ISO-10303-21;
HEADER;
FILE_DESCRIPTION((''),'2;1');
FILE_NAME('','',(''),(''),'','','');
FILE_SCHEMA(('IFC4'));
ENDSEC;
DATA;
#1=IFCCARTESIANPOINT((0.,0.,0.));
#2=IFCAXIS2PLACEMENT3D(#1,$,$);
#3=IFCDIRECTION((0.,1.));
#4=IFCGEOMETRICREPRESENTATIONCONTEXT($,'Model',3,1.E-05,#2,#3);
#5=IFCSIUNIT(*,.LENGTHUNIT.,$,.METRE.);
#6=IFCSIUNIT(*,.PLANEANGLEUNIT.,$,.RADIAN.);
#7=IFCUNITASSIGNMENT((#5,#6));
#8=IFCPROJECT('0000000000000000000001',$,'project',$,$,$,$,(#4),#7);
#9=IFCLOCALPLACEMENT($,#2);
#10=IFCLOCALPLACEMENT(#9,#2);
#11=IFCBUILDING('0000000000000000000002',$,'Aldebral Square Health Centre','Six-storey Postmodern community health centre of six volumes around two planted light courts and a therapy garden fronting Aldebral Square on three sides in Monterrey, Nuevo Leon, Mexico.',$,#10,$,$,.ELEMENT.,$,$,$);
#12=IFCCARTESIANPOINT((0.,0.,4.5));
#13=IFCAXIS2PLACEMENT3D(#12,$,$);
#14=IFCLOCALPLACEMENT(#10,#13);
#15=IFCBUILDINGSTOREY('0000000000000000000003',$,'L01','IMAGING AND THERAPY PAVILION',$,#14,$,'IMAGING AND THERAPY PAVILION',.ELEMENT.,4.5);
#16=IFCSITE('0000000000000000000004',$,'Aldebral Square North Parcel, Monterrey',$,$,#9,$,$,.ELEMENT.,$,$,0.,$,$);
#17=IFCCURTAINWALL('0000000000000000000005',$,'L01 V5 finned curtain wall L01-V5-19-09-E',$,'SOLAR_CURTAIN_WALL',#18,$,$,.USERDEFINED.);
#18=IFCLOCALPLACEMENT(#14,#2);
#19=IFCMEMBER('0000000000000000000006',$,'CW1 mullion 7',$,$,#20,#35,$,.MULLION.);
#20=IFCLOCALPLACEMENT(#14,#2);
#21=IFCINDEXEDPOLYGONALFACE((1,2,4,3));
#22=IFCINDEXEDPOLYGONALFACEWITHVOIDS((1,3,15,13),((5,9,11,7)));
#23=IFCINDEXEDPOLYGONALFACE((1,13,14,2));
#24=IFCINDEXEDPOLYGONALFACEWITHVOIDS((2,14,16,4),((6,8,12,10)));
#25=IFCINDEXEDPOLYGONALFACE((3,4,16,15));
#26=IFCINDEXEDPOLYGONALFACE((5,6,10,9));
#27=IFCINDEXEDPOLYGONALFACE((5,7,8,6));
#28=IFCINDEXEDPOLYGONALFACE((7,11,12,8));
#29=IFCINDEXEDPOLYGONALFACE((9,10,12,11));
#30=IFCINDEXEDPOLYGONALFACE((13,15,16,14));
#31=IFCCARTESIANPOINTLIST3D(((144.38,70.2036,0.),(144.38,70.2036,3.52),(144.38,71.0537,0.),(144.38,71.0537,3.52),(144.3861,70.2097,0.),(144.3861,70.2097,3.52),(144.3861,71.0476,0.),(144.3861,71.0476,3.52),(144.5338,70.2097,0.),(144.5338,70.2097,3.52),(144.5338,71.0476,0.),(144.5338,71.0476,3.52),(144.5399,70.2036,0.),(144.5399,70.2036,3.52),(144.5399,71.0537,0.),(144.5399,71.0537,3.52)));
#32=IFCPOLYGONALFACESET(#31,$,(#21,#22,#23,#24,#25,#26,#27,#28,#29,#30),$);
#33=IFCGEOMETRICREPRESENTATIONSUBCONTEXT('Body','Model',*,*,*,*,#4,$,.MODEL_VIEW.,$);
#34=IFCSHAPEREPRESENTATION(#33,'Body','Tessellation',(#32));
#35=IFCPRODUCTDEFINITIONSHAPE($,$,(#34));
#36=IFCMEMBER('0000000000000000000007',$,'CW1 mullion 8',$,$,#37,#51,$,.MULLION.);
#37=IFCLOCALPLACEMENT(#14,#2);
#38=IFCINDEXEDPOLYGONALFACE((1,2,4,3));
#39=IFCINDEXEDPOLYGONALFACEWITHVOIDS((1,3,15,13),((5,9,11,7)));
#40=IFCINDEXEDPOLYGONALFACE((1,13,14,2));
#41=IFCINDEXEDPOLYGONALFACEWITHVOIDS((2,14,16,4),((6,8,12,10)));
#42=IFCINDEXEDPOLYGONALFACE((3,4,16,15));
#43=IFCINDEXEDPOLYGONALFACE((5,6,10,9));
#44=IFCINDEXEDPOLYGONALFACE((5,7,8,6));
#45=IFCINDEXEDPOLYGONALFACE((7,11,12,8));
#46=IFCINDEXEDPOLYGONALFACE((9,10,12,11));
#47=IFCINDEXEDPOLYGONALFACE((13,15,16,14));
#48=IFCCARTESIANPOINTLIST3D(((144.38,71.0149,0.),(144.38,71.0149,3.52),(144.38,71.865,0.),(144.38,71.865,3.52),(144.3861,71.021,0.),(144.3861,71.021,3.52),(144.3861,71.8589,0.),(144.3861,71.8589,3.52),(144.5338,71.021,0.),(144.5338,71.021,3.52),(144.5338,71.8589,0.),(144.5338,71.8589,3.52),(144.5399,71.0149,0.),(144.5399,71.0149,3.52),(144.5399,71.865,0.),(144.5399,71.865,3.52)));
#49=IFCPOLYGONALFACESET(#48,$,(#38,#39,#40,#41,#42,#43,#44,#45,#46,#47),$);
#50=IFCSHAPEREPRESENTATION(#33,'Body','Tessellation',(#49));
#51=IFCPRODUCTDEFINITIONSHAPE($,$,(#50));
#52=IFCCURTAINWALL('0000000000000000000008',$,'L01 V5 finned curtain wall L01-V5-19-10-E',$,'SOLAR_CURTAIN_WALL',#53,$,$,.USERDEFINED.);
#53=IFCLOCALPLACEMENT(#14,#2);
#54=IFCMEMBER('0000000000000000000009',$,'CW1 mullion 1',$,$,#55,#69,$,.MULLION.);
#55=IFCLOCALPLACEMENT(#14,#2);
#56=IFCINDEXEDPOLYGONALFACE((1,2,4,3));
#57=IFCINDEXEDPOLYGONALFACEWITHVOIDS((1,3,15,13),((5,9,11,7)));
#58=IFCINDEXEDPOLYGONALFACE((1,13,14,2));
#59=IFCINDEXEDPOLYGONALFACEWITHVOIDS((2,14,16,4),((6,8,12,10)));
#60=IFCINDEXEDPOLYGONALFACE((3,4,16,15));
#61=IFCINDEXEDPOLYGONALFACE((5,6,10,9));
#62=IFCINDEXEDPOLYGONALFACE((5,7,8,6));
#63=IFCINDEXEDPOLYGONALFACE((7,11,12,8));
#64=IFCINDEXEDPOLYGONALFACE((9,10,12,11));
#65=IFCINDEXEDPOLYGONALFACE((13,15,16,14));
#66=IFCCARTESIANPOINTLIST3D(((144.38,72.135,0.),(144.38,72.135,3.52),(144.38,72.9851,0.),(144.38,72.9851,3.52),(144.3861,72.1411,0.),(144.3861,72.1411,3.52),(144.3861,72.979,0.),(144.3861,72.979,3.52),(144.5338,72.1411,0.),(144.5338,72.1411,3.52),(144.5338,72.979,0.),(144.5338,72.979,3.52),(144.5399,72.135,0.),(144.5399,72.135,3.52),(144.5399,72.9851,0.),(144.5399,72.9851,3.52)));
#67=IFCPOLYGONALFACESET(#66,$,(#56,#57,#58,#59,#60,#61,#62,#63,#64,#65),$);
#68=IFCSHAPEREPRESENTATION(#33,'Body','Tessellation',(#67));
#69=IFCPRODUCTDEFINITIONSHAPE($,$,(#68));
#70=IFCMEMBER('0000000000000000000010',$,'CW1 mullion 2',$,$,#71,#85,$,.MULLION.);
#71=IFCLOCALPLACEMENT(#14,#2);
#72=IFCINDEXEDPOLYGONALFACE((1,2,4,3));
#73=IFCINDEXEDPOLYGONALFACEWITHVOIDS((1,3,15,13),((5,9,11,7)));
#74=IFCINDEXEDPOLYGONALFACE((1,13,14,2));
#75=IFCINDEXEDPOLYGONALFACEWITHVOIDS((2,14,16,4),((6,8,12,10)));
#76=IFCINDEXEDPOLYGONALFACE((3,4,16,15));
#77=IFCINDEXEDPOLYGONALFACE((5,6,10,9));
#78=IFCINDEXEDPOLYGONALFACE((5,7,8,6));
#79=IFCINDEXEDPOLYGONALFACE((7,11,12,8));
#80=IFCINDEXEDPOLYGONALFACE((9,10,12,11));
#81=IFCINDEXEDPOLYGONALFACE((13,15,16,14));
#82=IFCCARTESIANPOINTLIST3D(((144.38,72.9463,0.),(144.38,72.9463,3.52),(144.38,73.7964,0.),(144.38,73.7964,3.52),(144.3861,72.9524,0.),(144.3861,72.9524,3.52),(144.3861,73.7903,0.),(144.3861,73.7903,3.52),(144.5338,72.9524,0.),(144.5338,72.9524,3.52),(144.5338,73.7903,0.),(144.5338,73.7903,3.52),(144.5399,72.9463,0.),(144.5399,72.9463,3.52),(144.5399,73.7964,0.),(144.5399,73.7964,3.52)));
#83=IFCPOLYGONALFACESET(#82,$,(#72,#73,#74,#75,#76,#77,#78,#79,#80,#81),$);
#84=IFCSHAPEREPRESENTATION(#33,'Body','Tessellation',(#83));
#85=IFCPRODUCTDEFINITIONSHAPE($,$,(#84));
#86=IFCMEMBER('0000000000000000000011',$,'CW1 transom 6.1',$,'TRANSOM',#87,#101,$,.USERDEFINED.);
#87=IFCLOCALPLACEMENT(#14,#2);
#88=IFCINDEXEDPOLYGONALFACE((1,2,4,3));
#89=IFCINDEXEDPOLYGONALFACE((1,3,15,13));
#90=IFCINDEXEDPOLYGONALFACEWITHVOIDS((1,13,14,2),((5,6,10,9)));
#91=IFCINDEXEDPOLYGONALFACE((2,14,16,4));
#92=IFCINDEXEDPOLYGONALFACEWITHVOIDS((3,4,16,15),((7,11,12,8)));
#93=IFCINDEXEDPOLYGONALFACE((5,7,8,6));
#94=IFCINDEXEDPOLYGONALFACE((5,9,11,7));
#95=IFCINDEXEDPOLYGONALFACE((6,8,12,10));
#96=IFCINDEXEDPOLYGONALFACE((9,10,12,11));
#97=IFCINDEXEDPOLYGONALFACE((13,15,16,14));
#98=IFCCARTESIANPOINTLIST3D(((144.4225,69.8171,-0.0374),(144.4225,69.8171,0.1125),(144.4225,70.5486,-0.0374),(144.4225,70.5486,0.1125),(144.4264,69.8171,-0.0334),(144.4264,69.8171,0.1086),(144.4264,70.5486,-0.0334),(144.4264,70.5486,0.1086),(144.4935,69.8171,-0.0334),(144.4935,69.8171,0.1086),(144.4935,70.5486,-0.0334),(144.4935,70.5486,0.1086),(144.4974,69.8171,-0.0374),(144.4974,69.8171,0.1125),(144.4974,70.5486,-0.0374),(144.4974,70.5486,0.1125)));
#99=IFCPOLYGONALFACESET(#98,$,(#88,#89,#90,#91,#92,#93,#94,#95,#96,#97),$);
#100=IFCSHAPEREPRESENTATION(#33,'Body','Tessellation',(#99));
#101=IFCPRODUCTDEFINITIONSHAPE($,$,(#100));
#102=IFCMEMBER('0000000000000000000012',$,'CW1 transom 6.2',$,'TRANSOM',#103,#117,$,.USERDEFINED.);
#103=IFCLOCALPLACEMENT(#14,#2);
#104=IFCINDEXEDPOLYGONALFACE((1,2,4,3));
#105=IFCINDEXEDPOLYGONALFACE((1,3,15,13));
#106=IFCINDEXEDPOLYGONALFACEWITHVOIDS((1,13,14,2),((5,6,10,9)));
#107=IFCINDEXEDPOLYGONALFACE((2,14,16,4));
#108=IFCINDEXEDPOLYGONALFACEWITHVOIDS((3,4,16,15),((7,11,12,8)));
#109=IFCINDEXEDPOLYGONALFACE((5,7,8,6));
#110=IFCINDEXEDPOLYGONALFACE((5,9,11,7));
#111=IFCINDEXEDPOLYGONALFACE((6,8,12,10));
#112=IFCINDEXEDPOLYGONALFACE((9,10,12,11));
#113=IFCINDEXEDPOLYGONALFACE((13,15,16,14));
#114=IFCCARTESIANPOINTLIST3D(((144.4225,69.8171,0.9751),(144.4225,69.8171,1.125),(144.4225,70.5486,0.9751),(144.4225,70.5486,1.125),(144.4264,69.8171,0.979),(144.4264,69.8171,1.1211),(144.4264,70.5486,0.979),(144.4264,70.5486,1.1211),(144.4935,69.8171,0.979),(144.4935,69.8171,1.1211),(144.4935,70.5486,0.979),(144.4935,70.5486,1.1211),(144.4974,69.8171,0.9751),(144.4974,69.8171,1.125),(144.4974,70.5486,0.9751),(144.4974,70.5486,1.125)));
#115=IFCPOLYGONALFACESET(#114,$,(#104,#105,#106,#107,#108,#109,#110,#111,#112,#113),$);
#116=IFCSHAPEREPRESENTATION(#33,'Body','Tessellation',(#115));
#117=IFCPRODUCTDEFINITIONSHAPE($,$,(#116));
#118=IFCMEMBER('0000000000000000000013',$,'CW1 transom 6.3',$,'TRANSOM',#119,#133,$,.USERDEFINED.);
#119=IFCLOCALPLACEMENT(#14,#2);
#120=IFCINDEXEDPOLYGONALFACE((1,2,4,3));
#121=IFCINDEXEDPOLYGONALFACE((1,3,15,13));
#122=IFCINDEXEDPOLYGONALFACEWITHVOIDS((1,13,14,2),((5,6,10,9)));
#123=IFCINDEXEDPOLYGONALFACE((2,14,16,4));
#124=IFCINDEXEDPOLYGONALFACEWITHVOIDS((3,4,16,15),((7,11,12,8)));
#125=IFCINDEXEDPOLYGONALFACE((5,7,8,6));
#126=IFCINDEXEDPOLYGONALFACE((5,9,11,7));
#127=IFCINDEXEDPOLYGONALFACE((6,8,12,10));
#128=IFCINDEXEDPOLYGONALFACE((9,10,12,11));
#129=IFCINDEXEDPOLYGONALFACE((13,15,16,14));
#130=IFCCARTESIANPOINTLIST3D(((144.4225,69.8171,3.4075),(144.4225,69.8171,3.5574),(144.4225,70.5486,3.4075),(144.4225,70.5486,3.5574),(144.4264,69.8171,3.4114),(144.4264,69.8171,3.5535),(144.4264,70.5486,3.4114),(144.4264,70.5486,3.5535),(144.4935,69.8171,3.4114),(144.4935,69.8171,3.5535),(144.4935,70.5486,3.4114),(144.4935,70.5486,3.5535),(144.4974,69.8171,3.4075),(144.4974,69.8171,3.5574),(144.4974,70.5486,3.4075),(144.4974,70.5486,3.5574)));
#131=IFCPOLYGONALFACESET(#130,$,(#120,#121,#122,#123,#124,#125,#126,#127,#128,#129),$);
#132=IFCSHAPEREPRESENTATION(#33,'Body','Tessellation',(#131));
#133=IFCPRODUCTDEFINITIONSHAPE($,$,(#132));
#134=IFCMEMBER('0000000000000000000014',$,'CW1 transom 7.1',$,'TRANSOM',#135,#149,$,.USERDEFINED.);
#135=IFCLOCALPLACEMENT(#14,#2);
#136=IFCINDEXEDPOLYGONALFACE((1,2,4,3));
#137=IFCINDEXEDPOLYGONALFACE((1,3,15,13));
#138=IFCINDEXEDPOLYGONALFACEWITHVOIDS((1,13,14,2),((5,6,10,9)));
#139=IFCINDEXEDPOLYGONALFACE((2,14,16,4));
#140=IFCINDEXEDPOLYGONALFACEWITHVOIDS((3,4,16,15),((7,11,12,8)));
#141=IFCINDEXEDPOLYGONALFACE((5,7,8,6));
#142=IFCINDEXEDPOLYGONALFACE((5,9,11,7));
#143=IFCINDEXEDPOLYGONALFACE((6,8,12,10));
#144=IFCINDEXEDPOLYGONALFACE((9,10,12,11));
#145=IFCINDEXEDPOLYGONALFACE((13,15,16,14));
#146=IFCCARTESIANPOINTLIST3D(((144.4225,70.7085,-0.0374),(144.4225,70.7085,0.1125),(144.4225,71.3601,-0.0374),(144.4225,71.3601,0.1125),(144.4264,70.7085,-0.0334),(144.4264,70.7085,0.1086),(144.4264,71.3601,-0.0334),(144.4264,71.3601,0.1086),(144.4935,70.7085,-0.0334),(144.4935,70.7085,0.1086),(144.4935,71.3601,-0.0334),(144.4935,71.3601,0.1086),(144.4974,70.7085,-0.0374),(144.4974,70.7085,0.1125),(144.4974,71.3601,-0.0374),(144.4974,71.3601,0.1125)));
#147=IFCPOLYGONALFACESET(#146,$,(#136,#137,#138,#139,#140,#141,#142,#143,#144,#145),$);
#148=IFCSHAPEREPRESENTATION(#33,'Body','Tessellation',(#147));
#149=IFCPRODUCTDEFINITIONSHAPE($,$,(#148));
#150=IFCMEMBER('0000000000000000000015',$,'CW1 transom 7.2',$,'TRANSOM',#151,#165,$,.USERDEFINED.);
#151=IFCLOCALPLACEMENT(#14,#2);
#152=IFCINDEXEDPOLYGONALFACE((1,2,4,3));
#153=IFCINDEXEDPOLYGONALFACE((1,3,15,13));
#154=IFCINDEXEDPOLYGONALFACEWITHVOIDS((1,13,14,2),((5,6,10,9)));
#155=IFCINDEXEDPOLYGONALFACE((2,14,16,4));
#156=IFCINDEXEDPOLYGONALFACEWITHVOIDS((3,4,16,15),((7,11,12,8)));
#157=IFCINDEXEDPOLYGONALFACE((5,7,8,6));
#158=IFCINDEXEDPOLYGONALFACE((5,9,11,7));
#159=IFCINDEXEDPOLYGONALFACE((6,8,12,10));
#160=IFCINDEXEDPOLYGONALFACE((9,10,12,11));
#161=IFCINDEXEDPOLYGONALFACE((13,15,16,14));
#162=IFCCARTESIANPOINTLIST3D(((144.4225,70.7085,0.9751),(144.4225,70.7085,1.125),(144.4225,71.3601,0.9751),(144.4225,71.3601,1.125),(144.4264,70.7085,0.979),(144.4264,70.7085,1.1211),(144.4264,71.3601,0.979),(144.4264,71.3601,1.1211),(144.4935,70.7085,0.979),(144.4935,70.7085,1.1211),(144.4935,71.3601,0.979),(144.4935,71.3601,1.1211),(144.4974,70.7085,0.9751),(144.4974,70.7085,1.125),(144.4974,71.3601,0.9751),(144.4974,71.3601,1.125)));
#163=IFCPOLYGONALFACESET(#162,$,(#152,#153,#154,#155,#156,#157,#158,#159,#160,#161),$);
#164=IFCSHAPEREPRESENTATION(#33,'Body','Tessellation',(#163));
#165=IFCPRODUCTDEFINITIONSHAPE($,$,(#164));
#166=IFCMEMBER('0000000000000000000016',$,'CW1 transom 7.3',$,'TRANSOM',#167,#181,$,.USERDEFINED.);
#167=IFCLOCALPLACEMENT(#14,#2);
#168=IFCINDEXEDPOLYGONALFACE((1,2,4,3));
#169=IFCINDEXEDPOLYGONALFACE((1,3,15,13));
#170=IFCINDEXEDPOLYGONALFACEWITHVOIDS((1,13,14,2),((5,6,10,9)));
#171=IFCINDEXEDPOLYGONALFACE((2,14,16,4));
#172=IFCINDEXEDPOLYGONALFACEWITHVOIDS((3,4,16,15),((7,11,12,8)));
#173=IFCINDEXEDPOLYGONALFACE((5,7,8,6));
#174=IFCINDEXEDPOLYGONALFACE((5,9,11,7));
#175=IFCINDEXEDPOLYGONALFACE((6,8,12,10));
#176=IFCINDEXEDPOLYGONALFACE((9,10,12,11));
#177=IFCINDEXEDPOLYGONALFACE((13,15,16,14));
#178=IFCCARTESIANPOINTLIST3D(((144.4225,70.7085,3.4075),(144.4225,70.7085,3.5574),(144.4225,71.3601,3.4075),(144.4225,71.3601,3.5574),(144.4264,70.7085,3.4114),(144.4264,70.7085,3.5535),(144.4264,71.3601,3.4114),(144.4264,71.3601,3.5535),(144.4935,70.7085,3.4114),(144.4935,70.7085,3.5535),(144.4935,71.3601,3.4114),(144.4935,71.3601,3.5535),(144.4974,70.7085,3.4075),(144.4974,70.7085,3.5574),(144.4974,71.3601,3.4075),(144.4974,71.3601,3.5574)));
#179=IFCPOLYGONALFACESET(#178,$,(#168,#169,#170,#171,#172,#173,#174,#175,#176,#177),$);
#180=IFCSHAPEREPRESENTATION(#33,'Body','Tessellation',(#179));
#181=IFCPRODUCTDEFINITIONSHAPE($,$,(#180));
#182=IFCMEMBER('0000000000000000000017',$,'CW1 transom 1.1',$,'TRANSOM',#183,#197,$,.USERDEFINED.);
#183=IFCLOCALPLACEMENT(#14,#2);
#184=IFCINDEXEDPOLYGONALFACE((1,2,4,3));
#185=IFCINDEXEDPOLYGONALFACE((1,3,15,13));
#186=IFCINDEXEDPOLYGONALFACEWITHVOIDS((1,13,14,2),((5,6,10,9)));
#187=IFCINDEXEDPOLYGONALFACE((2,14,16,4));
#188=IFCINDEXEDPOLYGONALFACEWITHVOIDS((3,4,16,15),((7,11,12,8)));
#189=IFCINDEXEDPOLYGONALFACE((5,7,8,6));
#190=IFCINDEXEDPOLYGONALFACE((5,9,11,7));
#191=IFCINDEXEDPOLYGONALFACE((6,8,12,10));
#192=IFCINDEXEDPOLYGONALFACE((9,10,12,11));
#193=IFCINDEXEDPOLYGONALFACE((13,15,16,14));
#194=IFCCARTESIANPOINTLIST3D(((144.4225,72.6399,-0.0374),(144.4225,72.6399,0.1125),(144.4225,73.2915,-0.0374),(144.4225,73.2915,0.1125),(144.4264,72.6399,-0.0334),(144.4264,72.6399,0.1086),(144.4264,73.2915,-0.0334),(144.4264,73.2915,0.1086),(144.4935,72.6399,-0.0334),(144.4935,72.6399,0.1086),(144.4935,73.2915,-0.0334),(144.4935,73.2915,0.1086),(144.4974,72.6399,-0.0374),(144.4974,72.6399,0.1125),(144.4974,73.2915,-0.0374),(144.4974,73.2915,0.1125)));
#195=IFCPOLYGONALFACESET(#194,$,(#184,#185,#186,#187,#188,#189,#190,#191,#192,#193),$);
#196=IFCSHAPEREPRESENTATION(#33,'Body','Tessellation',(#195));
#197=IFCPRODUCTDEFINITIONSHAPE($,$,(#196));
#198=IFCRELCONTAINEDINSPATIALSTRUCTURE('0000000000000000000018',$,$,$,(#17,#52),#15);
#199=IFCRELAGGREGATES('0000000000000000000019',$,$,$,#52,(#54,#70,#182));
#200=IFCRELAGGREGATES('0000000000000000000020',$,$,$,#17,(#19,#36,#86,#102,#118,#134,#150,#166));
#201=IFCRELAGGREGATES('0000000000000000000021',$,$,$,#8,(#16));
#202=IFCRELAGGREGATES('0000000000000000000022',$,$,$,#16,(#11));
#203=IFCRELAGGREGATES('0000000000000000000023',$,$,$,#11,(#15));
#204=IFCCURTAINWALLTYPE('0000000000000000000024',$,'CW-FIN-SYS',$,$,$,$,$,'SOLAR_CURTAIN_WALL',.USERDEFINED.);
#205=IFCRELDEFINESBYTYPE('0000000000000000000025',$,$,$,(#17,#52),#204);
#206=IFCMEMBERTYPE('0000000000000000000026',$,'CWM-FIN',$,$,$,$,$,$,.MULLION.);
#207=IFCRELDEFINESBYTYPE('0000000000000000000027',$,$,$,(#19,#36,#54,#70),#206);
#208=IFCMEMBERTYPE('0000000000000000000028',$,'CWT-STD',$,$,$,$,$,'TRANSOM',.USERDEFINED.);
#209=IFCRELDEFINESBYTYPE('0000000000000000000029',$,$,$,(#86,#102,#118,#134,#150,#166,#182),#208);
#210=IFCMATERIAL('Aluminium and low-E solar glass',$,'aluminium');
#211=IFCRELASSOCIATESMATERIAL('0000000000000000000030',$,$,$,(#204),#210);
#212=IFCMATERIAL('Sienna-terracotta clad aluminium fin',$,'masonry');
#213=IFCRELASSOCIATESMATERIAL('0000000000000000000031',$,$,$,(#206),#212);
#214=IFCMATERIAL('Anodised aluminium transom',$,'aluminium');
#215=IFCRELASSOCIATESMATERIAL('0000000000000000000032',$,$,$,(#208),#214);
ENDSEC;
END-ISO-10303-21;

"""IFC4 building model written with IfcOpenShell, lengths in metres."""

from ifc_helpers import new_model, si_unit, direction, frame, origin, origin_2d, place, context, subcontext, project, spatial, hollow_rectangle, extrude, material, material_profile, profile_set, type_object, element, aggregate, save


model = new_model("IFC4")

# Units and contexts
model_context = context("Model", 3, precision=1e-05, world=origin(), true_north=direction((0.0, 1.0)))
body_context = subcontext(model_context, "Body", "Model", "MODEL_VIEW")
ifc_project = project(units=[si_unit("LENGTHUNIT", "METRE"), si_unit("PLANEANGLEUNIT", "RADIAN")], contexts=[model_context])

# Site, building, storey
site_placement = place(None, origin())
site = spatial("IfcSite", under=ifc_project, at=site_placement, Name="Aldebral Square North Parcel, Monterrey", CompositionType="ELEMENT", RefElevation=0.0)
building_placement = place(site_placement, origin())
building = spatial("IfcBuilding", under=site, at=building_placement, Name="Aldebral Square Health Centre", Description="Six-storey Postmodern community health centre of six volumes around two planted light courts and a therapy garden fronting Aldebral Square on three sides in Monterrey, Nuevo Leon, Mexico.", CompositionType="ELEMENT")
storey_placement = place(building_placement, frame((0.0, 0.0, 4.5)))
storey = spatial("IfcBuildingStorey", under=building, at=storey_placement, Name="L01", Description="IMAGING AND THERAPY PAVILION", LongName="IMAGING AND THERAPY PAVILION", CompositionType="ELEMENT", Elevation=4.5)

# Curtain walls, members
ifc_material_1 = material(Name="Aluminium and low-E solar glass", Category="aluminium")
curtain_wall_type = type_object("IfcCurtainWallType", Name="CW-FIN-SYS", ElementType="SOLAR_CURTAIN_WALL", PredefinedType="USERDEFINED", material=ifc_material_1)
curtain_wall_1_placement = place(storey_placement, origin())
curtain_wall_1 = element("IfcCurtainWall", 1, at=curtain_wall_1_placement, inside=storey, type_object=curtain_wall_type, Name="L01 V5 finned curtain wall L01-V5-19-09-E", ObjectType="SOLAR_CURTAIN_WALL", PredefinedType="USERDEFINED")
ifc_material_2 = material(Name="Sienna-terracotta clad aluminium fin", Category="masonry")
ifc_material_profile_1 = material_profile(ifc_material_2, hollow_rectangle(XDim=0.1599, YDim=0.8501, WallThickness=0.0061, at=origin_2d()), Name="FIN 160x850x6")
ifc_profile_set_1 = profile_set([ifc_material_profile_1], Name="Sienna-terracotta clad aluminium fin")
member_type_1 = type_object("IfcMemberType", Name="CWM-FIN", PredefinedType="MULLION", material=ifc_profile_set_1)
member_1_placement = place(storey_placement, frame((144.46, 70.6287, 0.0), z_axis=(0.0, 0.0, 1.0), x_axis=(-1.0, 0.0, 0.0)))
member_1 = element("IfcMember", 2, at=member_1_placement, type_object=member_type_1, Name="CW1 mullion 7", PredefinedType="MULLION", context=body_context, shape_type="SweptSolid", body=[
    extrude(hollow_rectangle(XDim=0.1599, YDim=0.8501, WallThickness=0.0061, at=origin_2d()), origin(), (0.0, 0.0, 1.0), 3.52),
])
member_2_placement = place(storey_placement, frame((144.46, 71.4399, 0.0), z_axis=(0.0, 0.0, 1.0), x_axis=(-1.0, 0.0, 0.0)))
member_2 = element("IfcMember", 3, at=member_2_placement, type_object=member_type_1, Name="CW1 mullion 8", PredefinedType="MULLION", context=body_context, shape_type="SweptSolid", body=[
    extrude(hollow_rectangle(XDim=0.1599, YDim=0.8501, WallThickness=0.0061, at=origin_2d()), origin(), (0.0, 0.0, 1.0), 3.52),
])
curtain_wall_2_placement = place(storey_placement, origin())
curtain_wall_2 = element("IfcCurtainWall", 4, at=curtain_wall_2_placement, inside=storey, type_object=curtain_wall_type, Name="L01 V5 finned curtain wall L01-V5-19-10-E", ObjectType="SOLAR_CURTAIN_WALL", PredefinedType="USERDEFINED")
member_3_placement = place(storey_placement, frame((144.46, 72.5601, 0.0), z_axis=(0.0, 0.0, 1.0), x_axis=(-1.0, 0.0, 0.0)))
member_3 = element("IfcMember", 5, at=member_3_placement, type_object=member_type_1, Name="CW1 mullion 1", PredefinedType="MULLION", context=body_context, shape_type="SweptSolid", body=[
    extrude(hollow_rectangle(XDim=0.1599, YDim=0.8501, WallThickness=0.0061, at=origin_2d()), origin(), (0.0, 0.0, 1.0), 3.52),
])
member_4_placement = place(storey_placement, frame((144.46, 73.3713, 0.0), z_axis=(0.0, 0.0, 1.0), x_axis=(-1.0, 0.0, 0.0)))
member_4 = element("IfcMember", 6, at=member_4_placement, type_object=member_type_1, Name="CW1 mullion 2", PredefinedType="MULLION", context=body_context, shape_type="SweptSolid", body=[
    extrude(hollow_rectangle(XDim=0.1599, YDim=0.8501, WallThickness=0.0061, at=origin_2d()), origin(), (0.0, 0.0, 1.0), 3.52),
])

# Members
ifc_material_3 = material(Name="Anodised aluminium transom", Category="aluminium")
ifc_material_profile_2 = material_profile(ifc_material_3, hollow_rectangle(XDim=0.075, YDim=0.1499, WallThickness=0.0039, at=origin_2d()), Name="CWT 75x150x4")
ifc_profile_set_2 = profile_set([ifc_material_profile_2], Name="Anodised aluminium transom")
member_type_2 = type_object("IfcMemberType", Name="CWT-STD", ElementType="TRANSOM", PredefinedType="USERDEFINED", material=ifc_profile_set_2)
member_5_placement = place(storey_placement, frame((144.46, 69.8171, 0.0376), z_axis=(0.0, 1.0, 0.0), x_axis=(-1.0, 0.0, 0.0)))
member_5 = element("IfcMember", 7, at=member_5_placement, type_object=member_type_2, Name="CW1 transom 6.1", ObjectType="TRANSOM", PredefinedType="USERDEFINED", context=body_context, shape_type="SweptSolid", body=[
    extrude(hollow_rectangle(XDim=0.075, YDim=0.1499, WallThickness=0.0039, at=origin_2d()), origin(), (0.0, 0.0, 1.0), 0.7314),
])
member_6_placement = place(storey_placement, frame((144.46, 69.8171, 1.05), z_axis=(0.0, 1.0, 0.0), x_axis=(-1.0, 0.0, 0.0)))
member_6 = element("IfcMember", 8, at=member_6_placement, type_object=member_type_2, Name="CW1 transom 6.2", ObjectType="TRANSOM", PredefinedType="USERDEFINED", context=body_context, shape_type="SweptSolid", body=[
    extrude(hollow_rectangle(XDim=0.075, YDim=0.1499, WallThickness=0.0039, at=origin_2d()), origin(), (0.0, 0.0, 1.0), 0.7314),
])
member_7_placement = place(storey_placement, frame((144.46, 69.8171, 3.4824), z_axis=(0.0, 1.0, 0.0), x_axis=(-1.0, 0.0, 0.0)))
member_7 = element("IfcMember", 9, at=member_7_placement, type_object=member_type_2, Name="CW1 transom 6.3", ObjectType="TRANSOM", PredefinedType="USERDEFINED", context=body_context, shape_type="SweptSolid", body=[
    extrude(hollow_rectangle(XDim=0.075, YDim=0.1499, WallThickness=0.0039, at=origin_2d()), origin(), (0.0, 0.0, 1.0), 0.7314),
])
member_8_placement = place(storey_placement, frame((144.46, 70.7085, 0.0376), z_axis=(0.0, 1.0, 0.0), x_axis=(-1.0, 0.0, 0.0)))
member_8 = element("IfcMember", 10, at=member_8_placement, type_object=member_type_2, Name="CW1 transom 7.1", ObjectType="TRANSOM", PredefinedType="USERDEFINED", context=body_context, shape_type="SweptSolid", body=[
    extrude(hollow_rectangle(XDim=0.075, YDim=0.1499, WallThickness=0.0039, at=origin_2d()), origin(), (0.0, 0.0, 1.0), 0.6516),
])
member_9_placement = place(storey_placement, frame((144.46, 70.7085, 1.05), z_axis=(0.0, 1.0, 0.0), x_axis=(-1.0, 0.0, 0.0)))
member_9 = element("IfcMember", 11, at=member_9_placement, type_object=member_type_2, Name="CW1 transom 7.2", ObjectType="TRANSOM", PredefinedType="USERDEFINED", context=body_context, shape_type="SweptSolid", body=[
    extrude(hollow_rectangle(XDim=0.075, YDim=0.1499, WallThickness=0.0039, at=origin_2d()), origin(), (0.0, 0.0, 1.0), 0.6516),
])
member_10_placement = place(storey_placement, frame((144.46, 70.7085, 3.4824), z_axis=(0.0, 1.0, 0.0), x_axis=(-1.0, 0.0, 0.0)))
member_10 = element("IfcMember", 12, at=member_10_placement, type_object=member_type_2, Name="CW1 transom 7.3", ObjectType="TRANSOM", PredefinedType="USERDEFINED", context=body_context, shape_type="SweptSolid", body=[
    extrude(hollow_rectangle(XDim=0.075, YDim=0.1499, WallThickness=0.0039, at=origin_2d()), origin(), (0.0, 0.0, 1.0), 0.6516),
])
member_11_placement = place(storey_placement, frame((144.46, 72.6399, 0.0376), z_axis=(0.0, 1.0, 0.0), x_axis=(-1.0, 0.0, 0.0)))
member_11 = element("IfcMember", 13, at=member_11_placement, type_object=member_type_2, Name="CW1 transom 1.1", ObjectType="TRANSOM", PredefinedType="USERDEFINED", context=body_context, shape_type="SweptSolid", body=[
    extrude(hollow_rectangle(XDim=0.075, YDim=0.1499, WallThickness=0.0039, at=origin_2d()), origin(), (0.0, 0.0, 1.0), 0.6516),
])

aggregate(curtain_wall_2, [member_3, member_4, member_11])
aggregate(curtain_wall_1, [member_1, member_2, member_5, member_6, member_7, member_8, member_9, member_10])

save(model, "model.ifc")
